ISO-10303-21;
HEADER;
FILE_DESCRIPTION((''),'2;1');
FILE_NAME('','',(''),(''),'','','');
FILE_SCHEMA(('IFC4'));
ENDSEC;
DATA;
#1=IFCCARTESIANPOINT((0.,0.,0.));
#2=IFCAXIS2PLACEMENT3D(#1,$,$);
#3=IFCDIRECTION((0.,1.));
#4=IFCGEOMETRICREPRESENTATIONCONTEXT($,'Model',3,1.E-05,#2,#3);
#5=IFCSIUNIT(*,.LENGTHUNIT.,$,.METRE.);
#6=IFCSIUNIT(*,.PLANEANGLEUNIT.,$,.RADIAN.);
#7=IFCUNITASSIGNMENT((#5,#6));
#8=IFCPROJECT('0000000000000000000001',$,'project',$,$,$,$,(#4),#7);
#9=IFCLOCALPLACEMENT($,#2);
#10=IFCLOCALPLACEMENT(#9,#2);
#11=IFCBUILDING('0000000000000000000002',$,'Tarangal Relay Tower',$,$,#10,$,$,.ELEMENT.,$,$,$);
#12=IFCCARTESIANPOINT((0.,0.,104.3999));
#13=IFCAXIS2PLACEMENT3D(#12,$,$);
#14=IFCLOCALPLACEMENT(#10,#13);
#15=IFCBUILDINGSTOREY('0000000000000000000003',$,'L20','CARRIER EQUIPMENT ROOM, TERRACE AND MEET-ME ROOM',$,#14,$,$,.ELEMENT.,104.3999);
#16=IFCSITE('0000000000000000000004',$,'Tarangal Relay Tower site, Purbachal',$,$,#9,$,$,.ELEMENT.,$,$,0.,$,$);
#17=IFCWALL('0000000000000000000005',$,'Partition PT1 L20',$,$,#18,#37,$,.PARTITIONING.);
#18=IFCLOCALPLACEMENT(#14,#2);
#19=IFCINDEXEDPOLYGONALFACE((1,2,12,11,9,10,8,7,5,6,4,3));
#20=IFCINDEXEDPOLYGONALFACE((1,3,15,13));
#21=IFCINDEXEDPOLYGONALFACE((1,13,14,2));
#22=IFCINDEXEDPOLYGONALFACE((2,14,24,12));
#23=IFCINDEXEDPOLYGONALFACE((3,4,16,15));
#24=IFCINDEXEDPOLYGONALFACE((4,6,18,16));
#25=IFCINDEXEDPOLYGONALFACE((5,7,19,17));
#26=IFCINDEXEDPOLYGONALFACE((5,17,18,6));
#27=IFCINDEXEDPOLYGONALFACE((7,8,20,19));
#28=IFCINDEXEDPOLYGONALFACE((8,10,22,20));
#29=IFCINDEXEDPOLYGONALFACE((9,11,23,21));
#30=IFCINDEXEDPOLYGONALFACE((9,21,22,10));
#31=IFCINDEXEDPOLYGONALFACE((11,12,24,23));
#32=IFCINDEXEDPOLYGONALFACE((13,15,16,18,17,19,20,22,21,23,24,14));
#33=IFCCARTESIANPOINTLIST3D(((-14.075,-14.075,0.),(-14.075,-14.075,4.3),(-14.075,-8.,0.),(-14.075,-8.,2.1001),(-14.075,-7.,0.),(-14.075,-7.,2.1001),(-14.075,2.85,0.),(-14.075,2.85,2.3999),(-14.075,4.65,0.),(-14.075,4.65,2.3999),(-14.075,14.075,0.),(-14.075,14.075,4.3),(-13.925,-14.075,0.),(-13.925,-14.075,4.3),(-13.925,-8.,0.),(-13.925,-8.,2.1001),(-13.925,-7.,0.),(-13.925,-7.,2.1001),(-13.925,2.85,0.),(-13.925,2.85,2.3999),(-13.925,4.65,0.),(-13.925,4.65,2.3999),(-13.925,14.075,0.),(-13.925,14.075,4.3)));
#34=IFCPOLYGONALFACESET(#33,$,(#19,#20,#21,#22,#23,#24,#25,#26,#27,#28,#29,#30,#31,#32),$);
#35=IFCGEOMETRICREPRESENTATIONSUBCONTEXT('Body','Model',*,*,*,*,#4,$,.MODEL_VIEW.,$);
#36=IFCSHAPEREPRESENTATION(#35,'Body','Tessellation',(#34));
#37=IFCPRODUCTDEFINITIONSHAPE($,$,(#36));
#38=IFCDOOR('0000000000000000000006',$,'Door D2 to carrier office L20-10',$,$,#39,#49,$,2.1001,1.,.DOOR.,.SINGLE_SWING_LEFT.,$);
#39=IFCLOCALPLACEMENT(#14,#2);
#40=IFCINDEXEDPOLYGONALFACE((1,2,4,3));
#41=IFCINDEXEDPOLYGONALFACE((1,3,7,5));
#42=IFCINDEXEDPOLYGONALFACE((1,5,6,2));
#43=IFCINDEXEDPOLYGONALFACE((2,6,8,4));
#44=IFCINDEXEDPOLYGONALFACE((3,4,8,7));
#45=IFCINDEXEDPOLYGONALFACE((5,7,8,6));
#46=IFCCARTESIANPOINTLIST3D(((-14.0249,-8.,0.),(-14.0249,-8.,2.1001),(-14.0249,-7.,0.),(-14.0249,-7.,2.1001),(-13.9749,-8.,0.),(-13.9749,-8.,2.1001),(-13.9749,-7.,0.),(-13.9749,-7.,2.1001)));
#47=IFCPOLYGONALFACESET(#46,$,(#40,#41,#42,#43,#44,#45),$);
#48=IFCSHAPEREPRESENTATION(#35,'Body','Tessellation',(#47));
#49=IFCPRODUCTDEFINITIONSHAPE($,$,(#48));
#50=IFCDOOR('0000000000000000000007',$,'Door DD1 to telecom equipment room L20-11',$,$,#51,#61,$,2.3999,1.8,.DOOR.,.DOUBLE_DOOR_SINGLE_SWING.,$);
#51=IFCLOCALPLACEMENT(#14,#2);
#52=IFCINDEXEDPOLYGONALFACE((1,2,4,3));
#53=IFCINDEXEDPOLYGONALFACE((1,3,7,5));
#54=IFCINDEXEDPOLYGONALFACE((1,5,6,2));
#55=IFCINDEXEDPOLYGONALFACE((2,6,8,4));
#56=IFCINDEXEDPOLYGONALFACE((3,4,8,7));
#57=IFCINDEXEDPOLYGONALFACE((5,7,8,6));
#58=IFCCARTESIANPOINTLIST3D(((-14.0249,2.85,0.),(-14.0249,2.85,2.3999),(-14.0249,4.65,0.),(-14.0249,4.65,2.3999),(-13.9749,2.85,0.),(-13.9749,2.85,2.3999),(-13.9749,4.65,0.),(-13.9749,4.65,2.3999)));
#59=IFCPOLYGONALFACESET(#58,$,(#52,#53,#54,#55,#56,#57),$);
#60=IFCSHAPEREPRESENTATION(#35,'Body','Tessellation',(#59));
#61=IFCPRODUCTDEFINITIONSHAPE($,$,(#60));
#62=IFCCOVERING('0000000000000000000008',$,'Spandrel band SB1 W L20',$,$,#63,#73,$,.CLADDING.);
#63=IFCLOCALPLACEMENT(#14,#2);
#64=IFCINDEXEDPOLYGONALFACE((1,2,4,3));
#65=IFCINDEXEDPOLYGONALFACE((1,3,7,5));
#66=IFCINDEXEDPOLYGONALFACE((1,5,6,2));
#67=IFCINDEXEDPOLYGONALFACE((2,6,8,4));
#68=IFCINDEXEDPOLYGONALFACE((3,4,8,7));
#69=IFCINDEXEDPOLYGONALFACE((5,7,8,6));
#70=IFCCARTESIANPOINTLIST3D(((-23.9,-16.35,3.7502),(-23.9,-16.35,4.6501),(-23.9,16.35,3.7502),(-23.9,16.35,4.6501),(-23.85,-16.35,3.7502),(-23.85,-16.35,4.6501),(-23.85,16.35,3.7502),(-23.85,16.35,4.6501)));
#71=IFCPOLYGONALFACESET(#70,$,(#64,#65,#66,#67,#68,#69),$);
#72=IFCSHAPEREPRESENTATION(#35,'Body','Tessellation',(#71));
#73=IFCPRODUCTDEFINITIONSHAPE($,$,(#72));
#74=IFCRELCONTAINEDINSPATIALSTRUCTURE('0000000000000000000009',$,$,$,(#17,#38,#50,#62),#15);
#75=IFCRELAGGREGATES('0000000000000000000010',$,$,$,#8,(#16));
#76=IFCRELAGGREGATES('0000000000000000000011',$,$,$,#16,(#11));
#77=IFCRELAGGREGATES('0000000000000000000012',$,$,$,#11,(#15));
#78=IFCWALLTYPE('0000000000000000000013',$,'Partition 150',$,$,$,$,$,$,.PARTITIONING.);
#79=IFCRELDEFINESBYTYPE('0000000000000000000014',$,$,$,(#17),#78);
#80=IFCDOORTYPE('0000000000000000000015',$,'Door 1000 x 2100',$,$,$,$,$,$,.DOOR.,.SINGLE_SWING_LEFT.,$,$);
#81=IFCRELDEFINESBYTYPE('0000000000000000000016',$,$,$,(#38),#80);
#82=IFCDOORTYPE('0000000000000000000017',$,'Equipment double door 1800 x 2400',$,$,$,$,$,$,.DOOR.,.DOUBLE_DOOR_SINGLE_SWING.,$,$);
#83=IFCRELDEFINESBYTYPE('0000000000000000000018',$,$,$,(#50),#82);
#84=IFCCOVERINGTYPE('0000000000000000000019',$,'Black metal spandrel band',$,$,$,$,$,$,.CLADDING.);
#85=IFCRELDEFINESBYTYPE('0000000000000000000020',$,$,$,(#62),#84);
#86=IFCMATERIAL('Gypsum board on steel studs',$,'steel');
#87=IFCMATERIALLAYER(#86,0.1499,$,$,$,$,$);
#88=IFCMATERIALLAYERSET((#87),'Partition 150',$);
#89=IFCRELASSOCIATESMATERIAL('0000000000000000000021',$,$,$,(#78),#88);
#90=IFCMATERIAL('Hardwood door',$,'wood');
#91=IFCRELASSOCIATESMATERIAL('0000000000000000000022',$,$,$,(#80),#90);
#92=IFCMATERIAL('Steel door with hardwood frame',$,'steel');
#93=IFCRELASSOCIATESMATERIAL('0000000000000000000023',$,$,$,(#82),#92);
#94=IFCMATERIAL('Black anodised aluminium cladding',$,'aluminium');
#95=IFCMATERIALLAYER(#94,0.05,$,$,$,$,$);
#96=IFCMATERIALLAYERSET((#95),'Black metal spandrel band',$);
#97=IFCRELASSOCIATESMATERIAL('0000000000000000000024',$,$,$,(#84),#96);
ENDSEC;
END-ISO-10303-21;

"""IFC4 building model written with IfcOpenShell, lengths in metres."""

from ifc_helpers import new_model, si_unit, direction, frame, frame_2d, origin, origin_2d, place, context, subcontext, project, spatial, rectangle, extrude, material, layer, layer_set, type_object, element, fill, save


model = new_model("IFC4")

# Units and contexts
model_context = context("Model", 3, precision=1e-05, world=origin(), true_north=direction((0.0, 1.0)))
body_context = subcontext(model_context, "Body", "Model", "MODEL_VIEW")
ifc_project = project(units=[si_unit("LENGTHUNIT", "METRE"), si_unit("PLANEANGLEUNIT", "RADIAN")], contexts=[model_context])

# Site, building, storey
site_placement = place(None, origin())
site = spatial("IfcSite", under=ifc_project, at=site_placement, Name="Tarangal Relay Tower site, Purbachal", CompositionType="ELEMENT", RefElevation=0.0)
building_placement = place(site_placement, origin())
building = spatial("IfcBuilding", under=site, at=building_placement, Name="Tarangal Relay Tower", CompositionType="ELEMENT")
storey_placement = place(building_placement, frame((0.0, 0.0, 104.3999)))
storey = spatial("IfcBuildingStorey", under=building, at=storey_placement, Name="L20", Description="CARRIER EQUIPMENT ROOM, TERRACE AND MEET-ME ROOM", CompositionType="ELEMENT", Elevation=104.3999)

# Shared definitions
ifc_material_1 = material(Name="Gypsum board on steel studs", Category="steel")
ifc_layer_1 = layer(ifc_material_1, 0.1499)
ifc_layer_set_1 = layer_set([ifc_layer_1], Name="Partition 150")
wall_type = type_object("IfcWallType", Name="Partition 150", PredefinedType="PARTITIONING", material=ifc_layer_set_1)
ifc_material_2 = material(Name="Hardwood door", Category="wood")
door_type_1 = type_object("IfcDoorType", Name="Door 1000 x 2100", OperationType="SINGLE_SWING_LEFT", PredefinedType="DOOR", material=ifc_material_2)
ifc_material_3 = material(Name="Steel door with hardwood frame", Category="steel")
door_type_2 = type_object("IfcDoorType", Name="Equipment double door 1800 x 2400", OperationType="DOUBLE_DOOR_SINGLE_SWING", PredefinedType="DOOR", material=ifc_material_3)

# Wall, openings, doors
wall_1_placement = place(storey_placement, frame((-14.0, -14.075, 0.0), z_axis=(0.0, 0.0, 1.0), x_axis=(0.0, 1.0, 0.0)))
wall_1 = element("IfcWall", 1, at=wall_1_placement, inside=storey, type_object=wall_type, Name="Partition PT1 L20", PredefinedType="PARTITIONING", context=body_context, shape_type="SweptSolid", body=[
    extrude(rectangle(XDim=28.1499, YDim=0.1499, at=frame_2d((14.075, 0.0))), origin(), (0.0, 0.0, 1.0), 4.3),
])
opening_1_placement = place(wall_1_placement, frame((6.075, 0.0, 0.0)))
opening_1 = element("IfcOpeningElement", 2, at=opening_1_placement, cuts=wall_1, PredefinedType="OPENING", context=body_context, shape_type="SweptSolid", body=[
    extrude(rectangle(XDim=1.0, YDim=2.1001, at=frame_2d((0.5, 1.05))), frame((0.0, 0.085, 0.0), z_axis=(0.0, -1.0, 0.0), x_axis=(1.0, 0.0, 0.0)), (0.0, 0.0, 1.0), 0.1699),
])
opening_2_placement = place(wall_1_placement, frame((16.925, 0.0, 0.0)))
opening_2 = element("IfcOpeningElement", 3, at=opening_2_placement, cuts=wall_1, PredefinedType="OPENING", context=body_context, shape_type="SweptSolid", body=[
    extrude(rectangle(XDim=1.8, YDim=2.3999, at=frame_2d((0.8999, 1.2))), frame((0.0, 0.085, 0.0), z_axis=(0.0, -1.0, 0.0), x_axis=(1.0, 0.0, 0.0)), (0.0, 0.0, 1.0), 0.1699),
])
door_1_placement = place(opening_1_placement, origin())
door_1 = element("IfcDoor", 4, at=door_1_placement, inside=storey, type_object=door_type_1, Name="Door D2 to carrier office L20-10", OperationType="SINGLE_SWING_LEFT", OverallHeight=2.1001, OverallWidth=1.0, PredefinedType="DOOR", context=body_context, shape_type="SweptSolid", body=[
    extrude(rectangle(XDim=1.0, YDim=2.1001, at=frame_2d((0.5, 1.05))), frame((0.0, 0.0249, 0.0), z_axis=(0.0, -1.0, 0.0), x_axis=(1.0, 0.0, 0.0)), (0.0, 0.0, 1.0), 0.05),
])
fill(opening_1, door_1)
door_2_placement = place(opening_2_placement, origin())
door_2 = element("IfcDoor", 5, at=door_2_placement, inside=storey, type_object=door_type_2, Name="Door DD1 to telecom equipment room L20-11", OperationType="DOUBLE_DOOR_SINGLE_SWING", OverallHeight=2.3999, OverallWidth=1.8, PredefinedType="DOOR", context=body_context, shape_type="SweptSolid", body=[
    extrude(rectangle(XDim=1.8, YDim=2.3999, at=frame_2d((0.8999, 1.2))), frame((0.0, 0.0249, 0.0), z_axis=(0.0, -1.0, 0.0), x_axis=(1.0, 0.0, 0.0)), (0.0, 0.0, 1.0), 0.05),
])
fill(opening_2, door_2)

# Covering
ifc_material_4 = material(Name="Black anodised aluminium cladding", Category="aluminium")
ifc_layer_2 = layer(ifc_material_4, 0.05)
ifc_layer_set_2 = layer_set([ifc_layer_2], Name="Black metal spandrel band")
covering_type = type_object("IfcCoveringType", Name="Black metal spandrel band", PredefinedType="CLADDING", material=ifc_layer_set_2)
covering_placement = place(storey_placement, frame((-23.875, 0.0, 3.7502), z_axis=(0.0, 0.0, 1.0), x_axis=(0.0, 1.0, 0.0)))
element("IfcCovering", 6, at=covering_placement, inside=storey, type_object=covering_type, Name="Spandrel band SB1 W L20", PredefinedType="CLADDING", context=body_context, shape_type="SweptSolid", body=[
    extrude(rectangle(XDim=32.7, YDim=0.05, at=origin_2d()), origin(), (0.0, 0.0, 1.0), 0.8999),
])

save(model, "model.ifc")
